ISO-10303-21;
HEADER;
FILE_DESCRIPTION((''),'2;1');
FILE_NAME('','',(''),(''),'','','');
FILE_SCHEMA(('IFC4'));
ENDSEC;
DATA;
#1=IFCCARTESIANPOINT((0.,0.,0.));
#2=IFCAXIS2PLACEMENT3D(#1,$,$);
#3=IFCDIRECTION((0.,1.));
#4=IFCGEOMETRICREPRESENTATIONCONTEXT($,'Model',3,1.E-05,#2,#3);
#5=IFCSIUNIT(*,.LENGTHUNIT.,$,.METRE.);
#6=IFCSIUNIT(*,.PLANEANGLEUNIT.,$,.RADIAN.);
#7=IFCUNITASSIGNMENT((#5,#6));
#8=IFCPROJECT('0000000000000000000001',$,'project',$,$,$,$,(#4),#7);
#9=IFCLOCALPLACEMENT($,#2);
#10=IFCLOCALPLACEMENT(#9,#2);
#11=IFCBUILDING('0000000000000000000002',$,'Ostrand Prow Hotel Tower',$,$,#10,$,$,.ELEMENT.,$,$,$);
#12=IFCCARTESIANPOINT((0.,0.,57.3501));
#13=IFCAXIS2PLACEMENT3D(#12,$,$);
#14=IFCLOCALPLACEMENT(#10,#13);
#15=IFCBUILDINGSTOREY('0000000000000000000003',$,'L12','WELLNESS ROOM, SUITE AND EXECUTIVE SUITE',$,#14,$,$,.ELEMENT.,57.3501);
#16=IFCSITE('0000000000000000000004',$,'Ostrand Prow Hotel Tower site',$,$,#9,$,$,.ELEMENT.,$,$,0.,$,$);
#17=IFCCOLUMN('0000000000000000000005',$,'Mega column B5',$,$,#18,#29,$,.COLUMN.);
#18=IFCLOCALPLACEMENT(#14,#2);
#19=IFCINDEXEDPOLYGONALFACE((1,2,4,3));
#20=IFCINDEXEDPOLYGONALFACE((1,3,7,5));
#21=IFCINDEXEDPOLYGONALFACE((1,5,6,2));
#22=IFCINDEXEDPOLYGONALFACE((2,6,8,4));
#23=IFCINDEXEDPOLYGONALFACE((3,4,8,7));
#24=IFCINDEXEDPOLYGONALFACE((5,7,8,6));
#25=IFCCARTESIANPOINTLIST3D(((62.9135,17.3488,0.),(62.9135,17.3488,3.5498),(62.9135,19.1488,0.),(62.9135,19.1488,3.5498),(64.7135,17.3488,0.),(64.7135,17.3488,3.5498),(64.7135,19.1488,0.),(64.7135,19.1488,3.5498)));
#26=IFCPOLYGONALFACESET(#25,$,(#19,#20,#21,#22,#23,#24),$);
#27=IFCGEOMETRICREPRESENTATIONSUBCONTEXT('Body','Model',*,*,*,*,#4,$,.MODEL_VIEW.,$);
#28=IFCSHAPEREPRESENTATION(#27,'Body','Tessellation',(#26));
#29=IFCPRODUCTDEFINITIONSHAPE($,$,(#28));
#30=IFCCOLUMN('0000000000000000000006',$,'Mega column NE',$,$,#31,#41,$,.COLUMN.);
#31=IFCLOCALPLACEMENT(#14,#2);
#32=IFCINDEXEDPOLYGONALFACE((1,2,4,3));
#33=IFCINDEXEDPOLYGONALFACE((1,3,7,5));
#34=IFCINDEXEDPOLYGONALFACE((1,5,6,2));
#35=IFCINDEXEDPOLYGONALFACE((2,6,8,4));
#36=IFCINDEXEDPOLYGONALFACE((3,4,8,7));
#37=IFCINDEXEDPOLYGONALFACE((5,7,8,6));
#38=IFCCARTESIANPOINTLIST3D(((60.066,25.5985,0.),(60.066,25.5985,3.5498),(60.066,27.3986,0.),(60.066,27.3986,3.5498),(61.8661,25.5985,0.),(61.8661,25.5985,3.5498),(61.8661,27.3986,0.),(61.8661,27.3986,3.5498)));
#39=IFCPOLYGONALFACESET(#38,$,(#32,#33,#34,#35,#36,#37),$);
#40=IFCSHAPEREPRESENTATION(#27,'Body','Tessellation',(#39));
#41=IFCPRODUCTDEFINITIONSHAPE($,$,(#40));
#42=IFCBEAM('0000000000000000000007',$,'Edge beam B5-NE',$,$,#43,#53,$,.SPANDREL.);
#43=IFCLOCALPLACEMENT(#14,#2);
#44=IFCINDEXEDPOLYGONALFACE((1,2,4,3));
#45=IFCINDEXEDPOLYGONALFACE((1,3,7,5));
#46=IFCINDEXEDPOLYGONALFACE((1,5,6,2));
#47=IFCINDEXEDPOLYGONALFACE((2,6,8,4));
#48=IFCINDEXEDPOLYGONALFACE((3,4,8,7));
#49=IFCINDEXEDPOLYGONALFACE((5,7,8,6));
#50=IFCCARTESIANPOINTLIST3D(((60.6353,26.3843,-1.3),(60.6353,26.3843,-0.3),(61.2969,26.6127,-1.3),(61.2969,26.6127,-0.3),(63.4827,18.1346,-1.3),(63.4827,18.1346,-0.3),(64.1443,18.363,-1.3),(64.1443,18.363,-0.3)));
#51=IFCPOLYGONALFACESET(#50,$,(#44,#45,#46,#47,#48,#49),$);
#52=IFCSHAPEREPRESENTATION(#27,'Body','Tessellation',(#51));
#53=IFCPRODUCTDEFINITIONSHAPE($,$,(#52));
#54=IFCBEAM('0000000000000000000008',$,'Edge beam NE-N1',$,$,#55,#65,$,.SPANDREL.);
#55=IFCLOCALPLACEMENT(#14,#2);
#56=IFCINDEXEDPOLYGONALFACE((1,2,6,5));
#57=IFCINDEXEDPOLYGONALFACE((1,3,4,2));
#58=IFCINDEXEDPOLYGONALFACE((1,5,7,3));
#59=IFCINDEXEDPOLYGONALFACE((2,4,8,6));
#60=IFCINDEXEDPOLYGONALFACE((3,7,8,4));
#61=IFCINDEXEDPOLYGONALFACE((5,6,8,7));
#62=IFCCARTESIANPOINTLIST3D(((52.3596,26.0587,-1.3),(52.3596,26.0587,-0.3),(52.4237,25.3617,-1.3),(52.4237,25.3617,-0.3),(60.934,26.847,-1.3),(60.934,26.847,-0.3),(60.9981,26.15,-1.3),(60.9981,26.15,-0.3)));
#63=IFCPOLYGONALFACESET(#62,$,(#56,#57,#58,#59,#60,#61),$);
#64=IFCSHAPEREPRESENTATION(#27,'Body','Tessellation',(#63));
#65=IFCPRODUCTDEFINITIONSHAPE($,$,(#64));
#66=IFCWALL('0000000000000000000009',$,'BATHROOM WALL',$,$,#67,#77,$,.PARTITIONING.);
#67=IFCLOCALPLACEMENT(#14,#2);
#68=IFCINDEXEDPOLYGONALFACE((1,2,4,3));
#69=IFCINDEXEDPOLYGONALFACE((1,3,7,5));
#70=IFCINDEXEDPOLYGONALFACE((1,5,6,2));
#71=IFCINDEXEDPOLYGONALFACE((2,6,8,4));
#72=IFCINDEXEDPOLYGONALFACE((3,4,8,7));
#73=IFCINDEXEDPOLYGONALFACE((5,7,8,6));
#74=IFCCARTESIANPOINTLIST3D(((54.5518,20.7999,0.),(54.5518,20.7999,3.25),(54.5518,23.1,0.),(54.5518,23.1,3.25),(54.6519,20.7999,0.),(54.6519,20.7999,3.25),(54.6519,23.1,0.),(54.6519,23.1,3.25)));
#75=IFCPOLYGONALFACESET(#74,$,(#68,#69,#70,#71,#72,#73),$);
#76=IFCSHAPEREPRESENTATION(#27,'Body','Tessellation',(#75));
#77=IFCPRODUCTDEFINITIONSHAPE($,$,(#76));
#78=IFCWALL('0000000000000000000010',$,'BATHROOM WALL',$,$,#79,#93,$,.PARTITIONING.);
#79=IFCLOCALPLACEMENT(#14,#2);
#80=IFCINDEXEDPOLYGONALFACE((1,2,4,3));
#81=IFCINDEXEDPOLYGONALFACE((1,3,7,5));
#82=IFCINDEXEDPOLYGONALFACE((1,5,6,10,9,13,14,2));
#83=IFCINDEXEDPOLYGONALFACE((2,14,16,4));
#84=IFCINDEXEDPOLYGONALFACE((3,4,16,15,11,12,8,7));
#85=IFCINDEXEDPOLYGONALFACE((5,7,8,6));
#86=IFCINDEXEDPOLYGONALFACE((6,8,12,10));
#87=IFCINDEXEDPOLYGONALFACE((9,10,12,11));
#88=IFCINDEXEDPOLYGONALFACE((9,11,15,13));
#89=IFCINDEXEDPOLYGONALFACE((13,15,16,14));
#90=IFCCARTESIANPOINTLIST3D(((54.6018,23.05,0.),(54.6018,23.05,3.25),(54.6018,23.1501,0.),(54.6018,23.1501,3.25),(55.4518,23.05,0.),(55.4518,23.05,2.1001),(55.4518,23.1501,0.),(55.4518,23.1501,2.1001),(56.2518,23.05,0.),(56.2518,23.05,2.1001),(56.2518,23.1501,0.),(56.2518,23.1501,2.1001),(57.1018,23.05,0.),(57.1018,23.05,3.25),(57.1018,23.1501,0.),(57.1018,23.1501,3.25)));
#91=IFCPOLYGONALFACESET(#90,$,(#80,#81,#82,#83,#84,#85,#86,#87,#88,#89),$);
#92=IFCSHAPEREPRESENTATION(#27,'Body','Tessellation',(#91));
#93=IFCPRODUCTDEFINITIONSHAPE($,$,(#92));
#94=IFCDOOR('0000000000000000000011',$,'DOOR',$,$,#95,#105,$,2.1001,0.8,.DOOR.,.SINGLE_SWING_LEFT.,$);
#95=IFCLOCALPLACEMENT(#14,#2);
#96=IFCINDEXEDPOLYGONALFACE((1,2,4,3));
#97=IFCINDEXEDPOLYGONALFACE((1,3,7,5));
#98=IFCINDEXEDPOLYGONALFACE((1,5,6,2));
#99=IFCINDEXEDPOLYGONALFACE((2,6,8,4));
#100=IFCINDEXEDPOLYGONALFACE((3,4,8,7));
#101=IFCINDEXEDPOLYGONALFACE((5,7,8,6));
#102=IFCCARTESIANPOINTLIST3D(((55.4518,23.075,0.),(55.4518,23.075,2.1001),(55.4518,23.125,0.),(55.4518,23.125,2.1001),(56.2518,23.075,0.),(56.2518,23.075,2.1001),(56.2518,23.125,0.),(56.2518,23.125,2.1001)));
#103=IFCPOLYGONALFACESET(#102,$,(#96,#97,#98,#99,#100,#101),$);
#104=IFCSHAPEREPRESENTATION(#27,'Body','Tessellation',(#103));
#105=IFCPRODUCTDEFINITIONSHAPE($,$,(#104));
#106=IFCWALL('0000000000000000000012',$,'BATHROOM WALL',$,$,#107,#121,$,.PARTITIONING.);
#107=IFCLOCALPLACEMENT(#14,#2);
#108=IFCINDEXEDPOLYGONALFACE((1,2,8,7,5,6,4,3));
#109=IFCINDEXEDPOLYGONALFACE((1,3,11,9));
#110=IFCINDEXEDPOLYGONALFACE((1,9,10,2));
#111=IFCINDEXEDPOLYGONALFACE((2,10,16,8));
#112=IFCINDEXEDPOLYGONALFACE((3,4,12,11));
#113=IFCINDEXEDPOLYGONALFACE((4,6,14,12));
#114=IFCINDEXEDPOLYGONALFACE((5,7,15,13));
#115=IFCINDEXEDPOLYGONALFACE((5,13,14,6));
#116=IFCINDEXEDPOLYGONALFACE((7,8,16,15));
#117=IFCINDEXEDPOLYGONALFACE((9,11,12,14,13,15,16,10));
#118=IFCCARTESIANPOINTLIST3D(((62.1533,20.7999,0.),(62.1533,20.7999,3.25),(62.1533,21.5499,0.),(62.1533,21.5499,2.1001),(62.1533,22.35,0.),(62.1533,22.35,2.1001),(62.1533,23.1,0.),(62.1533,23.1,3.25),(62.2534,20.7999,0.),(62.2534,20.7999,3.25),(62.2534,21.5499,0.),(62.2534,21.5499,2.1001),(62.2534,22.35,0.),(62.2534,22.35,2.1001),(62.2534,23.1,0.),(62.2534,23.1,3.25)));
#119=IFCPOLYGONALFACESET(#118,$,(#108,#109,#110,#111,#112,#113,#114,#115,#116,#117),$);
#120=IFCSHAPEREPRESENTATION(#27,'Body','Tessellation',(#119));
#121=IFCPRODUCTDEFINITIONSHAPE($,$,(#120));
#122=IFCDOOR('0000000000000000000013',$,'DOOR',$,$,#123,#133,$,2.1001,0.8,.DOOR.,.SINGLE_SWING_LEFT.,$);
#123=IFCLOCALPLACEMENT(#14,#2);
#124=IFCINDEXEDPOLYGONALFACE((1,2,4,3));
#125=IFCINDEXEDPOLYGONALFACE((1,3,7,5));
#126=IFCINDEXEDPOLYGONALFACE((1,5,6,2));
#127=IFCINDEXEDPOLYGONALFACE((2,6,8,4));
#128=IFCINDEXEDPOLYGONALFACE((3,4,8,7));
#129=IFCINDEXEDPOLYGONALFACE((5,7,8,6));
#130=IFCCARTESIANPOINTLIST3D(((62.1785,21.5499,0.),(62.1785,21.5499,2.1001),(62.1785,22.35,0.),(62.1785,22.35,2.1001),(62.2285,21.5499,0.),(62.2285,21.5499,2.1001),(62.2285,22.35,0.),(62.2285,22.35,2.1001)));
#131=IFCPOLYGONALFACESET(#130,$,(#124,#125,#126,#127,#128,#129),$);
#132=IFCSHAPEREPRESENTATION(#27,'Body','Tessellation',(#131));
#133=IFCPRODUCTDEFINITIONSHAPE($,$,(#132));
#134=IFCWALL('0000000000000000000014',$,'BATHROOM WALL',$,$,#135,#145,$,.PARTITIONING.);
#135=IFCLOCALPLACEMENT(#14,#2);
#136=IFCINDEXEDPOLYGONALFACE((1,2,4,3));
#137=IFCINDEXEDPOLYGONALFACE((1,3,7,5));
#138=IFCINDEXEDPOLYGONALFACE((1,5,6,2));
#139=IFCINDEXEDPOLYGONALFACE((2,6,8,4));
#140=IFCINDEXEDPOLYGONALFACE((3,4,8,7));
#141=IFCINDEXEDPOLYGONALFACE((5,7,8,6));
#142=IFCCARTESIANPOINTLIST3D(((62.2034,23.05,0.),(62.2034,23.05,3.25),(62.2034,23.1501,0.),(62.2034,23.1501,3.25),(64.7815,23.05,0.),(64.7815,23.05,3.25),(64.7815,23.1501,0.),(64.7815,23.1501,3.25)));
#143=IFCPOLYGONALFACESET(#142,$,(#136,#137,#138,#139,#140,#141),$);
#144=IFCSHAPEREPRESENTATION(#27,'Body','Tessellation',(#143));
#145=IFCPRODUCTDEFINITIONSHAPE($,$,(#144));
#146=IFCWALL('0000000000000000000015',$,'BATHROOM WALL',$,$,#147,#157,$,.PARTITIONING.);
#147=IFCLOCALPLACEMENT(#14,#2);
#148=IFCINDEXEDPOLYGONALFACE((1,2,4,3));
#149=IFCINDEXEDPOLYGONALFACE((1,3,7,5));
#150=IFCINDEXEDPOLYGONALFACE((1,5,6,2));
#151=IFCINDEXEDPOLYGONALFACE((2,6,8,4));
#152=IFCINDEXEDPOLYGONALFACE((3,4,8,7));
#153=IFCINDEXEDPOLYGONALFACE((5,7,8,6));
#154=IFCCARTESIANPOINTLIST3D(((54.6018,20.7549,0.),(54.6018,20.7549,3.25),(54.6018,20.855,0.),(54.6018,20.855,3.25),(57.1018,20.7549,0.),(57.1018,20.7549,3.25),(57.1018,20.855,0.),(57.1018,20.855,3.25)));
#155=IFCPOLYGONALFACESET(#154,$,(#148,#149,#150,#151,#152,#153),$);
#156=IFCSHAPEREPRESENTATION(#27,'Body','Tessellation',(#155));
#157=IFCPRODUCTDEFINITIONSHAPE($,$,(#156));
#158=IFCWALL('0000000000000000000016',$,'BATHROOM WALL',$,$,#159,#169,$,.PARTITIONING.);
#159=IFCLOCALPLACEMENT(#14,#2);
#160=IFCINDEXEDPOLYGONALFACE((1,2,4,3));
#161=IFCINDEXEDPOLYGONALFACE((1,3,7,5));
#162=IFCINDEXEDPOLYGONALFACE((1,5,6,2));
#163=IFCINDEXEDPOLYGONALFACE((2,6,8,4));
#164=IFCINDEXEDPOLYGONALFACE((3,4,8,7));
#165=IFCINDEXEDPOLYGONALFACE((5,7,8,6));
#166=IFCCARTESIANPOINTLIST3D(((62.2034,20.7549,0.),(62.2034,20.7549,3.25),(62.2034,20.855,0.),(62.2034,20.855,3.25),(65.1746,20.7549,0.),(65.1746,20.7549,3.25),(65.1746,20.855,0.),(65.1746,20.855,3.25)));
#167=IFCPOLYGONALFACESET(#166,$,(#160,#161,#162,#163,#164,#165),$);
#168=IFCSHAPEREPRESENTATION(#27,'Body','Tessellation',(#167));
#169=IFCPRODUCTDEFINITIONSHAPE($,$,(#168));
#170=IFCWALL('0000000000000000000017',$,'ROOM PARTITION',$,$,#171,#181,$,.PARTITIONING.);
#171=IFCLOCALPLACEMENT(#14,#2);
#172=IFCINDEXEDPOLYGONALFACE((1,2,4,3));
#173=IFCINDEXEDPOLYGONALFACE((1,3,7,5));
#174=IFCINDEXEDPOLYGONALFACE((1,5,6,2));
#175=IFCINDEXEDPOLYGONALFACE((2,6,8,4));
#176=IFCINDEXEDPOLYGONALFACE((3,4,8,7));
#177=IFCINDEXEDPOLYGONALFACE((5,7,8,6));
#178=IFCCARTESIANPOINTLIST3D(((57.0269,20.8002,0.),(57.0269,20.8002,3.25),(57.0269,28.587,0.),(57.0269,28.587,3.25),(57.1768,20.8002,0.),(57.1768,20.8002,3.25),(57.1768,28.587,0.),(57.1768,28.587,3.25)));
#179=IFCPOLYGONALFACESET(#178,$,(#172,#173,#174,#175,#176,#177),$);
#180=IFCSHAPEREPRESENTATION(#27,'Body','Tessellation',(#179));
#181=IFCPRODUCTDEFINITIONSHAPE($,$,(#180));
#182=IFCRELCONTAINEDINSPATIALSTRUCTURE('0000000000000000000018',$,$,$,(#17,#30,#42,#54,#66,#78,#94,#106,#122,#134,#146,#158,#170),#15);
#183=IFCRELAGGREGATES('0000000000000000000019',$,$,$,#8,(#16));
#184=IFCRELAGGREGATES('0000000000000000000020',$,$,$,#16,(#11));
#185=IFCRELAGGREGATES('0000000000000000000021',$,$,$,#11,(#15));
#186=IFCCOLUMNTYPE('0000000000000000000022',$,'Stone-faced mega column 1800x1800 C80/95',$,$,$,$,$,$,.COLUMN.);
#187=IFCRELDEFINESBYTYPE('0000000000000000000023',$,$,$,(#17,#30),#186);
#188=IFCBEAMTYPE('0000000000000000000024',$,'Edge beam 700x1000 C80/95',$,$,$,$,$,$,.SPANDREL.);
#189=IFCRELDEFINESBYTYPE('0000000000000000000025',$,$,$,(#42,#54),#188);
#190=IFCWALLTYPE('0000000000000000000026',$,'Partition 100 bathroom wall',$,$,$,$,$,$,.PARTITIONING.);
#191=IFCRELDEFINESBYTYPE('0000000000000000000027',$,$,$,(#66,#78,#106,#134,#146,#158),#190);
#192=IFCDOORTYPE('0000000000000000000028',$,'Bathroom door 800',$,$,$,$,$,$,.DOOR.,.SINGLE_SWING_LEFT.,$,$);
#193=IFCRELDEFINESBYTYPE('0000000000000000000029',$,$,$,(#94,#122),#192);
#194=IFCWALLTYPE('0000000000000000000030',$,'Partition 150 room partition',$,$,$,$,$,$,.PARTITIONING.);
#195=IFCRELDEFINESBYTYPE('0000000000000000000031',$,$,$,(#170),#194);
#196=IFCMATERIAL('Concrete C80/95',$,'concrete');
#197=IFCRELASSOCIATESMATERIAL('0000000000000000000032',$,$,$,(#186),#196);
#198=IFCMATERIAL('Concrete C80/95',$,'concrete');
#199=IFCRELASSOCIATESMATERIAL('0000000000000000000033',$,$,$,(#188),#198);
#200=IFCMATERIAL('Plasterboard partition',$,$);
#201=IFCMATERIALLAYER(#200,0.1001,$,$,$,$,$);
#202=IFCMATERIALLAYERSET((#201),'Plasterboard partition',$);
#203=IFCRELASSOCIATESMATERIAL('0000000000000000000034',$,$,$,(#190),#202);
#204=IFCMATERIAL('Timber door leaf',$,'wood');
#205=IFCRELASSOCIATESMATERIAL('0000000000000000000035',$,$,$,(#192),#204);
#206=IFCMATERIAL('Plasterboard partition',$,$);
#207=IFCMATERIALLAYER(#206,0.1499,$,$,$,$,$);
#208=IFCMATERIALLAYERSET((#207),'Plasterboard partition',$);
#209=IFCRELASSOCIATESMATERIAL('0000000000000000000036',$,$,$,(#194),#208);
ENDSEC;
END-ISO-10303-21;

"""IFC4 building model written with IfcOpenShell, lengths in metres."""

from ifc_helpers import new_model, si_unit, direction, frame, frame_2d, origin, origin_2d, place, context, subcontext, project, spatial, rectangle, extrude, material, layer, layer_set, material_profile, profile_set, type_object, element, fill, save


model = new_model("IFC4")

# Units and contexts
model_context = context("Model", 3, precision=1e-05, world=origin(), true_north=direction((0.0, 1.0)))
body_context = subcontext(model_context, "Body", "Model", "MODEL_VIEW")
ifc_project = project(units=[si_unit("LENGTHUNIT", "METRE"), si_unit("PLANEANGLEUNIT", "RADIAN")], contexts=[model_context])

# Site, building, storey
site_placement = place(None, origin())
site = spatial("IfcSite", under=ifc_project, at=site_placement, Name="Ostrand Prow Hotel Tower site", CompositionType="ELEMENT", RefElevation=0.0)
building_placement = place(site_placement, origin())
building = spatial("IfcBuilding", under=site, at=building_placement, Name="Ostrand Prow Hotel Tower", CompositionType="ELEMENT")
storey_placement = place(building_placement, frame((0.0, 0.0, 57.3501)))
storey = spatial("IfcBuildingStorey", under=building, at=storey_placement, Name="L12", Description="WELLNESS ROOM, SUITE AND EXECUTIVE SUITE", CompositionType="ELEMENT", Elevation=57.3501)

# Columns
ifc_material_1 = material(Name="Concrete C80/95", Category="concrete")
ifc_material_profile_1 = material_profile(ifc_material_1, rectangle(XDim=1.8, YDim=1.8, at=origin_2d()), Name="RC 1800x1800")
ifc_profile_set_1 = profile_set([ifc_material_profile_1], Name="Concrete C80/95")
column_type = type_object("IfcColumnType", Name="Stone-faced mega column 1800x1800 C80/95", PredefinedType="COLUMN", material=ifc_profile_set_1)
for number, where, z_axis, x_axis, name in (
    (1, (63.8135, 18.2488, 0.0), (0.0, 0.0, 1.0), (1.0, 0.0, 0.0), "Mega column B5"),
    (2, (60.9661, 26.4985, 0.0), (0.0, 0.0, 1.0), (1.0, 0.0, 0.0), "Mega column NE"),
):
    element("IfcColumn", number, at=place(storey_placement, frame(where, z_axis=z_axis, x_axis=x_axis)), inside=storey, type_object=column_type, Name=name, PredefinedType="COLUMN", context=body_context, shape_type="SweptSolid", body=[
        extrude(rectangle(XDim=1.8, YDim=1.8, at=origin_2d()), origin(), (0.0, 0.0, 1.0), 3.5498),
    ])

# Beams
ifc_material_2 = material(Name="Concrete C80/95", Category="concrete")
ifc_material_profile_2 = material_profile(ifc_material_2, rectangle(XDim=0.7, YDim=1.0, at=origin_2d()), Name="RC 700x1000")
ifc_profile_set_2 = profile_set([ifc_material_profile_2], Name="Concrete C80/95")
beam_type = type_object("IfcBeamType", Name="Edge beam 700x1000 C80/95", PredefinedType="SPANDREL", material=ifc_profile_set_2)
beam_1_placement = place(storey_placement, frame((63.8135, 18.2488, -0.8), z_axis=(-0.326264, 0.945279, 0.0), x_axis=(-0.945279, -0.326264, 0.0)))
element("IfcBeam", 3, at=beam_1_placement, inside=storey, type_object=beam_type, Name="Edge beam B5-NE", PredefinedType="SPANDREL", context=body_context, shape_type="SweptSolid", body=[
    extrude(rectangle(XDim=0.7, YDim=1.0, at=origin_2d()), origin(), (0.0, 0.0, 1.0), 8.7273),
])
beam_2_placement = place(storey_placement, frame((60.9661, 26.4985, -0.8), z_axis=(-0.9958, -0.091553, 0.0), x_axis=(0.091553, -0.9958, 0.0)))
element("IfcBeam", 4, at=beam_2_placement, inside=storey, type_object=beam_type, Name="Edge beam NE-N1", PredefinedType="SPANDREL", context=body_context, shape_type="SweptSolid", body=[
    extrude(rectangle(XDim=0.7, YDim=1.0, at=origin_2d()), origin(), (0.0, 0.0, 1.0), 8.6106),
])

# Wall
ifc_material_3 = material(Name="Plasterboard partition")
ifc_layer_1 = layer(ifc_material_3, 0.1001)
ifc_layer_set_1 = layer_set([ifc_layer_1], Name="Plasterboard partition")
wall_type_1 = type_object("IfcWallType", Name="Partition 100 bathroom wall", PredefinedType="PARTITIONING", material=ifc_layer_set_1)
wall_1_placement = place(storey_placement, frame((54.6018, 20.8, 0.0), z_axis=(0.0, 0.0, 1.0), x_axis=(0.0, 1.0, 0.0)))
element("IfcWall", 5, at=wall_1_placement, inside=storey, type_object=wall_type_1, Name="BATHROOM WALL", PredefinedType="PARTITIONING", context=body_context, shape_type="SweptSolid", body=[
    extrude(rectangle(XDim=2.3, YDim=0.1001, at=frame_2d((1.1499, 0.0))), origin(), (0.0, 0.0, 1.0), 3.25),
])

# Walls, openings, doors
wall_2_placement = place(storey_placement, frame((54.6018, 23.1001, 0.0), z_axis=(0.0, 0.0, 1.0), x_axis=(1.0, 0.0, 0.0)))
wall_2 = element("IfcWall", 6, at=wall_2_placement, inside=storey, type_object=wall_type_1, Name="BATHROOM WALL", PredefinedType="PARTITIONING", context=body_context, shape_type="SweptSolid", body=[
    extrude(rectangle(XDim=2.5, YDim=0.1001, at=frame_2d((1.25, 0.0))), origin(), (0.0, 0.0, 1.0), 3.25),
])
opening_1_placement = place(wall_2_placement, frame((0.8501, 0.0, 0.0)))
opening_1 = element("IfcOpeningElement", 7, at=opening_1_placement, cuts=wall_2, PredefinedType="OPENING", context=body_context, shape_type="SweptSolid", body=[
    extrude(rectangle(XDim=0.8, YDim=2.1001, at=frame_2d((0.3999, 1.05))), frame((0.0, 0.0601, 0.0), z_axis=(0.0, -1.0, 0.0), x_axis=(1.0, 0.0, 0.0)), (0.0, 0.0, 1.0), 0.1201),
])
ifc_material_4 = material(Name="Timber door leaf", Category="wood")
door_type_1 = type_object("IfcDoorType", Name="Bathroom door 800", OperationType="SINGLE_SWING_LEFT", PredefinedType="DOOR", material=ifc_material_4)
door_1_placement = place(opening_1_placement, origin())
door_1 = element("IfcDoor", 8, at=door_1_placement, inside=storey, type_object=door_type_1, Name="DOOR", OperationType="SINGLE_SWING_LEFT", OverallHeight=2.1001, OverallWidth=0.8, PredefinedType="DOOR", context=body_context, shape_type="SweptSolid", body=[
    extrude(rectangle(XDim=0.8, YDim=2.1001, at=frame_2d((0.3999, 1.05))), frame((0.0, 0.0249, 0.0), z_axis=(0.0, -1.0, 0.0), x_axis=(1.0, 0.0, 0.0)), (0.0, 0.0, 1.0), 0.05),
])
fill(opening_1, door_1)
wall_3_placement = place(storey_placement, frame((62.2034, 20.8, 0.0), z_axis=(0.0, 0.0, 1.0), x_axis=(0.0, 1.0, 0.0)))
wall_3 = element("IfcWall", 9, at=wall_3_placement, inside=storey, type_object=wall_type_1, Name="BATHROOM WALL", PredefinedType="PARTITIONING", context=body_context, shape_type="SweptSolid", body=[
    extrude(rectangle(XDim=2.3, YDim=0.1001, at=frame_2d((1.1499, 0.0))), origin(), (0.0, 0.0, 1.0), 3.25),
])
opening_2_placement = place(wall_3_placement, frame((0.75, 0.0, 0.0)))
opening_2 = element("IfcOpeningElement", 10, at=opening_2_placement, cuts=wall_3, PredefinedType="OPENING", context=body_context, shape_type="SweptSolid", body=[
    extrude(rectangle(XDim=0.8, YDim=2.1001, at=frame_2d((0.3999, 1.05))), frame((0.0, 0.0601, 0.0), z_axis=(0.0, -1.0, 0.0), x_axis=(1.0, 0.0, 0.0)), (0.0, 0.0, 1.0), 0.1201),
])
door_2_placement = place(opening_2_placement, origin())
door_2 = element("IfcDoor", 11, at=door_2_placement, inside=storey, type_object=door_type_1, Name="DOOR", OperationType="SINGLE_SWING_LEFT", OverallHeight=2.1001, OverallWidth=0.8, PredefinedType="DOOR", context=body_context, shape_type="SweptSolid", body=[
    extrude(rectangle(XDim=0.8, YDim=2.1001, at=frame_2d((0.3999, 1.05))), frame((0.0, 0.0249, 0.0), z_axis=(0.0, -1.0, 0.0), x_axis=(1.0, 0.0, 0.0)), (0.0, 0.0, 1.0), 0.05),
])
fill(opening_2, door_2)

# Walls
wall_4_placement = place(storey_placement, frame((62.2034, 23.1001, 0.0), z_axis=(0.0, 0.0, 1.0), x_axis=(1.0, 0.0, 0.0)))
element("IfcWall", 12, at=wall_4_placement, inside=storey, type_object=wall_type_1, Name="BATHROOM WALL", PredefinedType="PARTITIONING", context=body_context, shape_type="SweptSolid", body=[
    extrude(rectangle(XDim=2.5781, YDim=0.1001, at=frame_2d((1.2891, 0.0))), origin(), (0.0, 0.0, 1.0), 3.25),
])
wall_5_placement = place(storey_placement, frame((57.1018, 20.8049, 0.0), z_axis=(0.0, 0.0, 1.0), x_axis=(-1.0, 0.0, 0.0)))
element("IfcWall", 13, at=wall_5_placement, inside=storey, type_object=wall_type_1, Name="BATHROOM WALL", PredefinedType="PARTITIONING", context=body_context, shape_type="SweptSolid", body=[
    extrude(rectangle(XDim=2.5, YDim=0.1001, at=frame_2d((1.25, 0.0))), origin(), (0.0, 0.0, 1.0), 3.25),
])
wall_6_placement = place(storey_placement, frame((65.1746, 20.8049, 0.0), z_axis=(0.0, 0.0, 1.0), x_axis=(-1.0, 0.0, 0.0)))
element("IfcWall", 14, at=wall_6_placement, inside=storey, type_object=wall_type_1, Name="BATHROOM WALL", PredefinedType="PARTITIONING", context=body_context, shape_type="SweptSolid", body=[
    extrude(rectangle(XDim=2.9712, YDim=0.1001, at=frame_2d((1.4856, 0.0))), origin(), (0.0, 0.0, 1.0), 3.25),
])
ifc_material_5 = material(Name="Plasterboard partition")
ifc_layer_2 = layer(ifc_material_5, 0.1499)
ifc_layer_set_2 = layer_set([ifc_layer_2], Name="Plasterboard partition")
wall_type_2 = type_object("IfcWallType", Name="Partition 150 room partition", PredefinedType="PARTITIONING", material=ifc_layer_set_2)
wall_7_placement = place(storey_placement, frame((57.1018, 20.8, 0.0), z_axis=(0.0, 0.0, 1.0), x_axis=(0.0, 1.0, 0.0)))
element("IfcWall", 15, at=wall_7_placement, inside=storey, type_object=wall_type_2, Name="ROOM PARTITION", PredefinedType="PARTITIONING", context=body_context, shape_type="SweptSolid", body=[
    extrude(rectangle(XDim=7.7869, YDim=0.1499, at=frame_2d((3.8936, 0.0))), origin(), (0.0, 0.0, 1.0), 3.25),
])

save(model, "model.ifc")
